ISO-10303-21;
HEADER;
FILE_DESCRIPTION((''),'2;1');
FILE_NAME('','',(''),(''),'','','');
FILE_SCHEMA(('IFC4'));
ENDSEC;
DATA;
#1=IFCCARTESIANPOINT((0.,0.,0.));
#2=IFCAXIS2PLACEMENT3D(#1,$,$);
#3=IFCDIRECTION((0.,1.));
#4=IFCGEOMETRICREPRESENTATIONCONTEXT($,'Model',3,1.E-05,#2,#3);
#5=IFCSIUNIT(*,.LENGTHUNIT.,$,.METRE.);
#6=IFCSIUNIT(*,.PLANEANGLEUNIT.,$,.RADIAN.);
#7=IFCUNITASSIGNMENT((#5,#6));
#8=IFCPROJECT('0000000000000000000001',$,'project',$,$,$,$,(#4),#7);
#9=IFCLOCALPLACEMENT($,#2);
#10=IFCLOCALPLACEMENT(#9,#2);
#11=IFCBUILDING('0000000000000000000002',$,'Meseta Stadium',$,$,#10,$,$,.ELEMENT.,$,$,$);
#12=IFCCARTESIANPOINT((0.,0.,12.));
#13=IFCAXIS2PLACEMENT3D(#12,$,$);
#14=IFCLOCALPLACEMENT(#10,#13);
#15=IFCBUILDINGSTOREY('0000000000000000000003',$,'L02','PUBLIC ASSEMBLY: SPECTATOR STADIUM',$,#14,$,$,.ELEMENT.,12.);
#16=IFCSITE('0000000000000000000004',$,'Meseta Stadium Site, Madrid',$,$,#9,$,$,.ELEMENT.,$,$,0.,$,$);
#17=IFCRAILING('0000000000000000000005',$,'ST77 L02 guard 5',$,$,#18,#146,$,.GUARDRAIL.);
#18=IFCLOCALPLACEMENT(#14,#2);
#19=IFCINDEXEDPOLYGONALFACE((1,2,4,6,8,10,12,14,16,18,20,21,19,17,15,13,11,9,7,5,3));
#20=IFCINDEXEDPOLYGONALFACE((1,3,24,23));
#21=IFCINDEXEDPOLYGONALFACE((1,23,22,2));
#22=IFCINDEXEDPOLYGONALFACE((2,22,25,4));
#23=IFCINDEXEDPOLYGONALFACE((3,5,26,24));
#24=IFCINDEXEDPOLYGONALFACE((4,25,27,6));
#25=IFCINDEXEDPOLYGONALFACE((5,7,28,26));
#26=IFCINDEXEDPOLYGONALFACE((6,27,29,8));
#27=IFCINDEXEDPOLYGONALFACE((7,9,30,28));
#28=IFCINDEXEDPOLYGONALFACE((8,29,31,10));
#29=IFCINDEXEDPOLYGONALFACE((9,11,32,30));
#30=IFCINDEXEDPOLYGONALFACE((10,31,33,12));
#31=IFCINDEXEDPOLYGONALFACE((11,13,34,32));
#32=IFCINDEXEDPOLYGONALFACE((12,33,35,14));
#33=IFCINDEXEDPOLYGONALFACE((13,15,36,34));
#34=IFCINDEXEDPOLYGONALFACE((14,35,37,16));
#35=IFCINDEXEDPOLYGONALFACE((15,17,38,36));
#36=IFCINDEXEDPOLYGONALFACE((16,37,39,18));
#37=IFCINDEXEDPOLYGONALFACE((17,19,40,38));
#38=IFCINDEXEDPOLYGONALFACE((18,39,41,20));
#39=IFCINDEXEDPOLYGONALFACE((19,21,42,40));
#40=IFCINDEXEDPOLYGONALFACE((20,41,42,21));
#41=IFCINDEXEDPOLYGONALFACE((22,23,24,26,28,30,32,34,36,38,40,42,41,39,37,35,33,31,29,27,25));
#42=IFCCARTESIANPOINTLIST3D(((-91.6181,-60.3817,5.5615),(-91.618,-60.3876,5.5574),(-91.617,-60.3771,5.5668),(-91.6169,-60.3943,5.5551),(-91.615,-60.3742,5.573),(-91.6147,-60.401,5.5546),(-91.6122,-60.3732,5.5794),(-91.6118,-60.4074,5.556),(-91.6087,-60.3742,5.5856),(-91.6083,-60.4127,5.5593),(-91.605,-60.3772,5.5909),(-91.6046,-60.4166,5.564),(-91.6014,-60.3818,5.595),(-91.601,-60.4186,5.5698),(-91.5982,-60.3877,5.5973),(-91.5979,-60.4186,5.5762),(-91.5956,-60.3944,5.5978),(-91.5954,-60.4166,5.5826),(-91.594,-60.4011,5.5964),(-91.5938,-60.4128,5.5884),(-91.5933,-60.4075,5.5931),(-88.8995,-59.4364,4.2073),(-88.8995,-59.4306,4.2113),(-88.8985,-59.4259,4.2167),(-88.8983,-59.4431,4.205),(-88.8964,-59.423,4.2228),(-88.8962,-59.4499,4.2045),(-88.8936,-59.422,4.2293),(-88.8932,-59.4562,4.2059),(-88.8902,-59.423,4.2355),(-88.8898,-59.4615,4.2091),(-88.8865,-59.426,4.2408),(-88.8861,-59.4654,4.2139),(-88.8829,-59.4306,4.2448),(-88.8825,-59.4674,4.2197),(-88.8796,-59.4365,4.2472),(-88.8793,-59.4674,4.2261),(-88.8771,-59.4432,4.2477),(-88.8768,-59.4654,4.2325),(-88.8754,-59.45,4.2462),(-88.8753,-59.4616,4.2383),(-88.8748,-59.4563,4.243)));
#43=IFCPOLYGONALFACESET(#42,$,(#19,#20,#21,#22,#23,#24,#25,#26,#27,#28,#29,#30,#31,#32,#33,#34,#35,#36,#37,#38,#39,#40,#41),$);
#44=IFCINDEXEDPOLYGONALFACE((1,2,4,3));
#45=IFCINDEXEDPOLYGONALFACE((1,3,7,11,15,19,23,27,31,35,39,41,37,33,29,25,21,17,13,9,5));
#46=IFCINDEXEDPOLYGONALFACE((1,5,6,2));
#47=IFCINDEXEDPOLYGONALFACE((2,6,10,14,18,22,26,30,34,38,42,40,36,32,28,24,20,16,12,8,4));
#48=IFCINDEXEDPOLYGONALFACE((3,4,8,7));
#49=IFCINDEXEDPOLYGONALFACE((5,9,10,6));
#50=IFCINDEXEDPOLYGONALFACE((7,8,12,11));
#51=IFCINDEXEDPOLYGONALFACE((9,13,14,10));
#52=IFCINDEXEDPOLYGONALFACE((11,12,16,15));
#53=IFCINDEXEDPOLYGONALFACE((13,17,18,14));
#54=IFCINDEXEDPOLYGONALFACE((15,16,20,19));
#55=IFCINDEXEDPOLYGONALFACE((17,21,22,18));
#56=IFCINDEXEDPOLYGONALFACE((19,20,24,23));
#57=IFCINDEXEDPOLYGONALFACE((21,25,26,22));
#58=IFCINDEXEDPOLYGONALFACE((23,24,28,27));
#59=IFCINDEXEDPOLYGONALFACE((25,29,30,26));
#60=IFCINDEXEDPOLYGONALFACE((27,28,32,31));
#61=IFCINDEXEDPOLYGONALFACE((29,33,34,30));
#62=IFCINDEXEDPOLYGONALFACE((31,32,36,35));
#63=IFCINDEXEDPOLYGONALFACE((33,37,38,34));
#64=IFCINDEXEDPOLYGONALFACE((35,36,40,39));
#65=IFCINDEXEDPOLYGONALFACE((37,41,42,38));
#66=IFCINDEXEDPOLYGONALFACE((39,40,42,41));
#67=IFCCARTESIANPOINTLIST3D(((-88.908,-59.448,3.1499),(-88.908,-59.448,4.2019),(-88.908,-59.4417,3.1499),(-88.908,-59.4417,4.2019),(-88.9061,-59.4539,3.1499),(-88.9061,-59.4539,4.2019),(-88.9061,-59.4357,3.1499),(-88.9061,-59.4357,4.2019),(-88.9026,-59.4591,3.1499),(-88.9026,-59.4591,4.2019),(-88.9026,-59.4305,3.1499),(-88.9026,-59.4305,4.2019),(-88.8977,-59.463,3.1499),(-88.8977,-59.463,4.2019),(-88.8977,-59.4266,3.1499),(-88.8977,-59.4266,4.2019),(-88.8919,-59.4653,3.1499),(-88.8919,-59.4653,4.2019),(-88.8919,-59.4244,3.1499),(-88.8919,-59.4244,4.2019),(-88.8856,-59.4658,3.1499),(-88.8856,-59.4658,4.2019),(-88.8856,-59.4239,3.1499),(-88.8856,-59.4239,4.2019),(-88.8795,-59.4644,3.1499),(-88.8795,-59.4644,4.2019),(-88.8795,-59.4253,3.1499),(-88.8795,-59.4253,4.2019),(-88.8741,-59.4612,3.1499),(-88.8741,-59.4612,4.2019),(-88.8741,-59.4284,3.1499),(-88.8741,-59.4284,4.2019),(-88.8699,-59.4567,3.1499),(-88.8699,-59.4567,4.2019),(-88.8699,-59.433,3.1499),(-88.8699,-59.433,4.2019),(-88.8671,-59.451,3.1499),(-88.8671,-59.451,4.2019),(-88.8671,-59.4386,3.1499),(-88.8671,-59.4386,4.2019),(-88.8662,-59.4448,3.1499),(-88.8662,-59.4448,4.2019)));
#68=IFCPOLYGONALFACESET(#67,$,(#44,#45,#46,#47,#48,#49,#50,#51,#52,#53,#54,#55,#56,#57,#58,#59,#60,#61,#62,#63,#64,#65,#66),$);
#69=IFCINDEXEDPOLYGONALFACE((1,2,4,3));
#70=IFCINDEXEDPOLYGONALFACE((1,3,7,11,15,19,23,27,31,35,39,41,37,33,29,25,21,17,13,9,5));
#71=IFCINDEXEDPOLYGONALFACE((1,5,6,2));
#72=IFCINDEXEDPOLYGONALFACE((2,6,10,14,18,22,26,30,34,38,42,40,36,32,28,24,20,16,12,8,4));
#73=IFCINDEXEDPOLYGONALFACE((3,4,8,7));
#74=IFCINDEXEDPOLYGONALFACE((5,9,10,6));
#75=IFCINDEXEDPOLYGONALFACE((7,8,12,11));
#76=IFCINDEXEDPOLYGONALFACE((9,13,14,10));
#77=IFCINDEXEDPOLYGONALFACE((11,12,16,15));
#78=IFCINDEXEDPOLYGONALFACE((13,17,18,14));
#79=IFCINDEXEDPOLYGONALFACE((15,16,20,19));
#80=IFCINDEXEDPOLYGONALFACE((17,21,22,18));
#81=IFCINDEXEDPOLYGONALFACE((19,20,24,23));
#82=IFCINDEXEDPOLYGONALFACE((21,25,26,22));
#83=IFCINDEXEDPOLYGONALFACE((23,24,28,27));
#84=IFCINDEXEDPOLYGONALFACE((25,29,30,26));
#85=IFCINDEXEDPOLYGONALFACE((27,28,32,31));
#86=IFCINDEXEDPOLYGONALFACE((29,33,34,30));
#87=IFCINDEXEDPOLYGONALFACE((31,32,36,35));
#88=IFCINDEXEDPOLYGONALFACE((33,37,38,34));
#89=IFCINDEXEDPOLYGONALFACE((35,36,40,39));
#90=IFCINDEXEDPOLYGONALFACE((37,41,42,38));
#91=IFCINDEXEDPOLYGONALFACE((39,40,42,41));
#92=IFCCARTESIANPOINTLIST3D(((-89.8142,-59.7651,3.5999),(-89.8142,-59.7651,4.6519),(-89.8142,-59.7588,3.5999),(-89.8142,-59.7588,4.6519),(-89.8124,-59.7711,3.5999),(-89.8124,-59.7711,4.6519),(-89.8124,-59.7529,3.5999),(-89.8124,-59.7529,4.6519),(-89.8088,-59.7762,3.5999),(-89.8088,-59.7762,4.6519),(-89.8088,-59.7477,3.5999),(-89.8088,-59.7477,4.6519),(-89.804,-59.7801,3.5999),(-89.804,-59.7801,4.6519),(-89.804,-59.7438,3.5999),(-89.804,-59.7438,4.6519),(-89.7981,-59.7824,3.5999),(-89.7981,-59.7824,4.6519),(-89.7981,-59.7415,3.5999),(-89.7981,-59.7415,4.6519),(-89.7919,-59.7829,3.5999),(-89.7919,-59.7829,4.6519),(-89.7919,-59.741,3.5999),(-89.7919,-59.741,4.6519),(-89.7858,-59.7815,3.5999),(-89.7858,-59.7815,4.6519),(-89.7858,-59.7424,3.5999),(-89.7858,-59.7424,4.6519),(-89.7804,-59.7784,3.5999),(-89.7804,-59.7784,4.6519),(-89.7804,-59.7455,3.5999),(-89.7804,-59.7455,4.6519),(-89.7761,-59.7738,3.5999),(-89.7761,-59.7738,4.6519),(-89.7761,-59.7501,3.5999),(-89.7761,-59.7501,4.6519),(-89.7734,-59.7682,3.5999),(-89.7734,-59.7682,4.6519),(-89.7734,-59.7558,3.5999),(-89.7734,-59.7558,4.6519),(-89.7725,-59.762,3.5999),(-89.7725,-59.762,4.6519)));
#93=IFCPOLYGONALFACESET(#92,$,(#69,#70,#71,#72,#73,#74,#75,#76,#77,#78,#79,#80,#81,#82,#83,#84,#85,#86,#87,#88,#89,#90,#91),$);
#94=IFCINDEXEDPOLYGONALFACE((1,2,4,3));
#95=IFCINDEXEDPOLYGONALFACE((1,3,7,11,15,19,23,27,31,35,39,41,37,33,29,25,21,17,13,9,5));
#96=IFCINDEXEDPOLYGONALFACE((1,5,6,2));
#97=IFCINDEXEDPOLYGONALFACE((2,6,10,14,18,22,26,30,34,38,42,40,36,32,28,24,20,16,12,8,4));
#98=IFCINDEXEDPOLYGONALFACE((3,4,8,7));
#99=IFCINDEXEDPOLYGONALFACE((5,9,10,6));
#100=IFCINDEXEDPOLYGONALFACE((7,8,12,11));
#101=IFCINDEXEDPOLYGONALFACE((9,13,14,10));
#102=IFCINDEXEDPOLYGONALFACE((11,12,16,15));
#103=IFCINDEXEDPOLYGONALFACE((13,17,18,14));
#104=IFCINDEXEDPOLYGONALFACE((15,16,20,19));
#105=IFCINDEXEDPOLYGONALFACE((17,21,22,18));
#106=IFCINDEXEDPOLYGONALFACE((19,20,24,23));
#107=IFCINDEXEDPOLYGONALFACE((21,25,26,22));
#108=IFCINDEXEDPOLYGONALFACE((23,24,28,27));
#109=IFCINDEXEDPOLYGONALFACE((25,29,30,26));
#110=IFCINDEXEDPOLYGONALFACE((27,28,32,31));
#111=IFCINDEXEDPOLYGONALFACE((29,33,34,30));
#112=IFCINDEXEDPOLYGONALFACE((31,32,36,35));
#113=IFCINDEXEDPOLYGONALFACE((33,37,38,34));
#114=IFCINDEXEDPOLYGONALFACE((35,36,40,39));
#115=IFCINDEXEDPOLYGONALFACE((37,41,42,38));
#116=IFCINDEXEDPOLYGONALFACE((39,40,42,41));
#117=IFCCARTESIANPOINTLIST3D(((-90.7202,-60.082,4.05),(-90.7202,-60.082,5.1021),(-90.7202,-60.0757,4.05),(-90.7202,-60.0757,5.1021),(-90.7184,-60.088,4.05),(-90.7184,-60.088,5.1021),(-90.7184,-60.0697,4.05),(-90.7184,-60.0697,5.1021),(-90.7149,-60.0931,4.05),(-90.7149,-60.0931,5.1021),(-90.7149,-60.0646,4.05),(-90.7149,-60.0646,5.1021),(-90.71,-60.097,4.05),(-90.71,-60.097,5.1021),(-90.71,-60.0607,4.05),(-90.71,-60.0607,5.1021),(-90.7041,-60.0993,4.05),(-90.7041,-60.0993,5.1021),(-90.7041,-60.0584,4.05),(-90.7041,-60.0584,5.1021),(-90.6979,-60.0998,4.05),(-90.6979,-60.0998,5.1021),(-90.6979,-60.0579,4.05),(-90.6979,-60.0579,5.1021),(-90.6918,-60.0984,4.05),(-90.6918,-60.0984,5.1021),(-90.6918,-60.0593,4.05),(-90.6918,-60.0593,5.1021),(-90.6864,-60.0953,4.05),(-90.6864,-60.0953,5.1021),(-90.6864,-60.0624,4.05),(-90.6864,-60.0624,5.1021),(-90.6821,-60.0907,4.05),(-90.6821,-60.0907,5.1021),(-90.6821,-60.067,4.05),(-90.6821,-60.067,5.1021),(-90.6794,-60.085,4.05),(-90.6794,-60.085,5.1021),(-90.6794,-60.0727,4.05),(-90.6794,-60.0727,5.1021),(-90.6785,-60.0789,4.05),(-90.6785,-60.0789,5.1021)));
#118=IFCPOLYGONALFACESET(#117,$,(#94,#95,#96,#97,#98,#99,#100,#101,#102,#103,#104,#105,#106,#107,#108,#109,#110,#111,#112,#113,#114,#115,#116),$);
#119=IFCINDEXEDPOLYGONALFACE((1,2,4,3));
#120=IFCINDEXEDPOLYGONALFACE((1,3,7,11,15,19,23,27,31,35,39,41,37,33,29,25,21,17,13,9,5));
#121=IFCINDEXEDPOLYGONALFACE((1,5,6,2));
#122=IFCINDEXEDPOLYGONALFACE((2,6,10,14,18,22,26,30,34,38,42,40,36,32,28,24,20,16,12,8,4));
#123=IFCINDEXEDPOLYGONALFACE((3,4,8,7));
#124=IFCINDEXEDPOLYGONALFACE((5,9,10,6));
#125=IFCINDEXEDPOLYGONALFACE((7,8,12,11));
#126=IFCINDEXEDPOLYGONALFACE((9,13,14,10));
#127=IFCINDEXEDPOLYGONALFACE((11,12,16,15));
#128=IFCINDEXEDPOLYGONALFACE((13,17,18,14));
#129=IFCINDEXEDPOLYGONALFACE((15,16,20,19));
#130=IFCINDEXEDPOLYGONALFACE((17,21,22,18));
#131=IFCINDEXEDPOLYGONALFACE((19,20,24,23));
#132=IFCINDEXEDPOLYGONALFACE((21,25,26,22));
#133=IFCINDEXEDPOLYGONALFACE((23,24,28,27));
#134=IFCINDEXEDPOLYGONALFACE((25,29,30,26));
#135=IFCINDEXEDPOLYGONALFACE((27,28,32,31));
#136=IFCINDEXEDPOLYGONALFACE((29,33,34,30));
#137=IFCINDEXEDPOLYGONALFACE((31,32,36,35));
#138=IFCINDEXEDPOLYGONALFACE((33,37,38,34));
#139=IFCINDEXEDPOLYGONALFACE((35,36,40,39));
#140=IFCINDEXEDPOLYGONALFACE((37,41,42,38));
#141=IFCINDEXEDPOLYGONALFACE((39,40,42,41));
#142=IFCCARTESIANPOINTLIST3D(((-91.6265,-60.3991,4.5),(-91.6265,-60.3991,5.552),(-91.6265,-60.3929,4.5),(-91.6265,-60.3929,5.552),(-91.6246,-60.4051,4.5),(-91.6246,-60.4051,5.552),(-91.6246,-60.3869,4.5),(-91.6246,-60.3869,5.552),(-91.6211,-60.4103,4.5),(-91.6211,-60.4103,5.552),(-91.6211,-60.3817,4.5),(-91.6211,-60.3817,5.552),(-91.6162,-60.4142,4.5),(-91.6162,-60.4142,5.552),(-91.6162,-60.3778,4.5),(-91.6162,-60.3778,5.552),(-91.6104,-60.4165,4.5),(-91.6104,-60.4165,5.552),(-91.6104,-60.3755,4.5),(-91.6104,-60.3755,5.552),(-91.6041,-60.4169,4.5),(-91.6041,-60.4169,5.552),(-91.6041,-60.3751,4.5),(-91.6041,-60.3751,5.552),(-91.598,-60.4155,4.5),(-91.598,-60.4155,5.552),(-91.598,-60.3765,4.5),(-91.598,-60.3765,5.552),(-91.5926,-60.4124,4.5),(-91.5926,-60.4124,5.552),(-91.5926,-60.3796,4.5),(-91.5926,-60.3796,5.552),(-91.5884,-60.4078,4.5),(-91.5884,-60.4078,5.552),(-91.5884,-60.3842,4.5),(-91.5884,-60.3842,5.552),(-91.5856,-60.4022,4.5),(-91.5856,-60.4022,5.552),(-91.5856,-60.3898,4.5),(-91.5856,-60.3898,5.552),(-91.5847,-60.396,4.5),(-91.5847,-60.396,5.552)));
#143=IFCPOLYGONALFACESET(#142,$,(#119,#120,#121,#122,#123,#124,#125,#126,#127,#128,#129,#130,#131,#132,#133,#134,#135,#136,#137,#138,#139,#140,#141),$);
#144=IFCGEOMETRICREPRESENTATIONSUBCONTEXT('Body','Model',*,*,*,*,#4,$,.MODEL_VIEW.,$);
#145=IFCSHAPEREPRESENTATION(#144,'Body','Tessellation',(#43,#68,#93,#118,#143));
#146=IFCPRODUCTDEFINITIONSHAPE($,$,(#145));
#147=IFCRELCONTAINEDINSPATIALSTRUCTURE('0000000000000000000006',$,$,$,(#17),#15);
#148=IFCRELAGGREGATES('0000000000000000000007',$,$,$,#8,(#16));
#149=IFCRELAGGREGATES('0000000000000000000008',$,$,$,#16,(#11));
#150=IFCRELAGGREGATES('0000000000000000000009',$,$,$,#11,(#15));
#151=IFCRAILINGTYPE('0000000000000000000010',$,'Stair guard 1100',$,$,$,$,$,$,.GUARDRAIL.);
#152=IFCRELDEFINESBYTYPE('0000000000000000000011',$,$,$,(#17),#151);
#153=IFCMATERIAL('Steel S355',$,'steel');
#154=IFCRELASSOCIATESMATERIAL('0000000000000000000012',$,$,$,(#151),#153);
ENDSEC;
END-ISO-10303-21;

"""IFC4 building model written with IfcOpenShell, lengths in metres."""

from ifc_helpers import new_model, si_unit, direction, frame, origin, origin_2d, place, context, subcontext, project, spatial, circle, extrude, material, type_object, element, save


model = new_model("IFC4")

# Units and contexts
model_context = context("Model", 3, precision=1e-05, world=origin(), true_north=direction((0.0, 1.0)))
body_context = subcontext(model_context, "Body", "Model", "MODEL_VIEW")
ifc_project = project(units=[si_unit("LENGTHUNIT", "METRE"), si_unit("PLANEANGLEUNIT", "RADIAN")], contexts=[model_context])

# Site, building, storey
site_placement = place(None, origin())
site = spatial("IfcSite", under=ifc_project, at=site_placement, Name="Meseta Stadium Site, Madrid", CompositionType="ELEMENT", RefElevation=0.0)
building_placement = place(site_placement, origin())
building = spatial("IfcBuilding", under=site, at=building_placement, Name="Meseta Stadium", CompositionType="ELEMENT")
storey_placement = place(building_placement, frame((0.0, 0.0, 12.0)))
storey = spatial("IfcBuildingStorey", under=building, at=storey_placement, Name="L02", Description="PUBLIC ASSEMBLY: SPECTATOR STADIUM", CompositionType="ELEMENT", Elevation=12.0)

# Railing
ifc_material_1 = material(Name="Steel S355", Category="steel")
railing_type_1 = type_object("IfcRailingType", Name="Stair guard 1100", PredefinedType="GUARDRAIL", material=ifc_material_1)
railing_1_placement = place(storey_placement, frame((-88.8872, -59.4448, 3.1499)))
element("IfcRailing", 1, at=railing_1_placement, inside=storey, type_object=railing_type_1, Name="ST77 L02 guard 5", PredefinedType="GUARDRAIL", context=body_context, shape_type="SweptSolid", body=[
    extrude(circle(Radius=0.0239, at=origin_2d()), frame((0.0, 0.0, 1.0762), z_axis=(-0.854649, -0.299031, 0.424446), x_axis=(0.330256, -0.943891, 0.0)), (0.0, 0.0, 1.0), 3.1809),
    extrude(circle(Radius=0.021, at=origin_2d()), origin(), (0.0, 0.0, 1.0), 1.052),
    extrude(circle(Radius=0.021, at=origin_2d()), frame((-0.9062, -0.3171, 0.45)), (0.0, 0.0, 1.0), 1.052),
    extrude(circle(Radius=0.021, at=origin_2d()), frame((-1.8123, -0.634, 0.9001)), (0.0, 0.0, 1.0), 1.052),
    extrude(circle(Radius=0.021, at=origin_2d()), frame((-2.7185, -0.9512, 1.3501)), (0.0, 0.0, 1.0), 1.052),
])

save(model, "model.ifc")
